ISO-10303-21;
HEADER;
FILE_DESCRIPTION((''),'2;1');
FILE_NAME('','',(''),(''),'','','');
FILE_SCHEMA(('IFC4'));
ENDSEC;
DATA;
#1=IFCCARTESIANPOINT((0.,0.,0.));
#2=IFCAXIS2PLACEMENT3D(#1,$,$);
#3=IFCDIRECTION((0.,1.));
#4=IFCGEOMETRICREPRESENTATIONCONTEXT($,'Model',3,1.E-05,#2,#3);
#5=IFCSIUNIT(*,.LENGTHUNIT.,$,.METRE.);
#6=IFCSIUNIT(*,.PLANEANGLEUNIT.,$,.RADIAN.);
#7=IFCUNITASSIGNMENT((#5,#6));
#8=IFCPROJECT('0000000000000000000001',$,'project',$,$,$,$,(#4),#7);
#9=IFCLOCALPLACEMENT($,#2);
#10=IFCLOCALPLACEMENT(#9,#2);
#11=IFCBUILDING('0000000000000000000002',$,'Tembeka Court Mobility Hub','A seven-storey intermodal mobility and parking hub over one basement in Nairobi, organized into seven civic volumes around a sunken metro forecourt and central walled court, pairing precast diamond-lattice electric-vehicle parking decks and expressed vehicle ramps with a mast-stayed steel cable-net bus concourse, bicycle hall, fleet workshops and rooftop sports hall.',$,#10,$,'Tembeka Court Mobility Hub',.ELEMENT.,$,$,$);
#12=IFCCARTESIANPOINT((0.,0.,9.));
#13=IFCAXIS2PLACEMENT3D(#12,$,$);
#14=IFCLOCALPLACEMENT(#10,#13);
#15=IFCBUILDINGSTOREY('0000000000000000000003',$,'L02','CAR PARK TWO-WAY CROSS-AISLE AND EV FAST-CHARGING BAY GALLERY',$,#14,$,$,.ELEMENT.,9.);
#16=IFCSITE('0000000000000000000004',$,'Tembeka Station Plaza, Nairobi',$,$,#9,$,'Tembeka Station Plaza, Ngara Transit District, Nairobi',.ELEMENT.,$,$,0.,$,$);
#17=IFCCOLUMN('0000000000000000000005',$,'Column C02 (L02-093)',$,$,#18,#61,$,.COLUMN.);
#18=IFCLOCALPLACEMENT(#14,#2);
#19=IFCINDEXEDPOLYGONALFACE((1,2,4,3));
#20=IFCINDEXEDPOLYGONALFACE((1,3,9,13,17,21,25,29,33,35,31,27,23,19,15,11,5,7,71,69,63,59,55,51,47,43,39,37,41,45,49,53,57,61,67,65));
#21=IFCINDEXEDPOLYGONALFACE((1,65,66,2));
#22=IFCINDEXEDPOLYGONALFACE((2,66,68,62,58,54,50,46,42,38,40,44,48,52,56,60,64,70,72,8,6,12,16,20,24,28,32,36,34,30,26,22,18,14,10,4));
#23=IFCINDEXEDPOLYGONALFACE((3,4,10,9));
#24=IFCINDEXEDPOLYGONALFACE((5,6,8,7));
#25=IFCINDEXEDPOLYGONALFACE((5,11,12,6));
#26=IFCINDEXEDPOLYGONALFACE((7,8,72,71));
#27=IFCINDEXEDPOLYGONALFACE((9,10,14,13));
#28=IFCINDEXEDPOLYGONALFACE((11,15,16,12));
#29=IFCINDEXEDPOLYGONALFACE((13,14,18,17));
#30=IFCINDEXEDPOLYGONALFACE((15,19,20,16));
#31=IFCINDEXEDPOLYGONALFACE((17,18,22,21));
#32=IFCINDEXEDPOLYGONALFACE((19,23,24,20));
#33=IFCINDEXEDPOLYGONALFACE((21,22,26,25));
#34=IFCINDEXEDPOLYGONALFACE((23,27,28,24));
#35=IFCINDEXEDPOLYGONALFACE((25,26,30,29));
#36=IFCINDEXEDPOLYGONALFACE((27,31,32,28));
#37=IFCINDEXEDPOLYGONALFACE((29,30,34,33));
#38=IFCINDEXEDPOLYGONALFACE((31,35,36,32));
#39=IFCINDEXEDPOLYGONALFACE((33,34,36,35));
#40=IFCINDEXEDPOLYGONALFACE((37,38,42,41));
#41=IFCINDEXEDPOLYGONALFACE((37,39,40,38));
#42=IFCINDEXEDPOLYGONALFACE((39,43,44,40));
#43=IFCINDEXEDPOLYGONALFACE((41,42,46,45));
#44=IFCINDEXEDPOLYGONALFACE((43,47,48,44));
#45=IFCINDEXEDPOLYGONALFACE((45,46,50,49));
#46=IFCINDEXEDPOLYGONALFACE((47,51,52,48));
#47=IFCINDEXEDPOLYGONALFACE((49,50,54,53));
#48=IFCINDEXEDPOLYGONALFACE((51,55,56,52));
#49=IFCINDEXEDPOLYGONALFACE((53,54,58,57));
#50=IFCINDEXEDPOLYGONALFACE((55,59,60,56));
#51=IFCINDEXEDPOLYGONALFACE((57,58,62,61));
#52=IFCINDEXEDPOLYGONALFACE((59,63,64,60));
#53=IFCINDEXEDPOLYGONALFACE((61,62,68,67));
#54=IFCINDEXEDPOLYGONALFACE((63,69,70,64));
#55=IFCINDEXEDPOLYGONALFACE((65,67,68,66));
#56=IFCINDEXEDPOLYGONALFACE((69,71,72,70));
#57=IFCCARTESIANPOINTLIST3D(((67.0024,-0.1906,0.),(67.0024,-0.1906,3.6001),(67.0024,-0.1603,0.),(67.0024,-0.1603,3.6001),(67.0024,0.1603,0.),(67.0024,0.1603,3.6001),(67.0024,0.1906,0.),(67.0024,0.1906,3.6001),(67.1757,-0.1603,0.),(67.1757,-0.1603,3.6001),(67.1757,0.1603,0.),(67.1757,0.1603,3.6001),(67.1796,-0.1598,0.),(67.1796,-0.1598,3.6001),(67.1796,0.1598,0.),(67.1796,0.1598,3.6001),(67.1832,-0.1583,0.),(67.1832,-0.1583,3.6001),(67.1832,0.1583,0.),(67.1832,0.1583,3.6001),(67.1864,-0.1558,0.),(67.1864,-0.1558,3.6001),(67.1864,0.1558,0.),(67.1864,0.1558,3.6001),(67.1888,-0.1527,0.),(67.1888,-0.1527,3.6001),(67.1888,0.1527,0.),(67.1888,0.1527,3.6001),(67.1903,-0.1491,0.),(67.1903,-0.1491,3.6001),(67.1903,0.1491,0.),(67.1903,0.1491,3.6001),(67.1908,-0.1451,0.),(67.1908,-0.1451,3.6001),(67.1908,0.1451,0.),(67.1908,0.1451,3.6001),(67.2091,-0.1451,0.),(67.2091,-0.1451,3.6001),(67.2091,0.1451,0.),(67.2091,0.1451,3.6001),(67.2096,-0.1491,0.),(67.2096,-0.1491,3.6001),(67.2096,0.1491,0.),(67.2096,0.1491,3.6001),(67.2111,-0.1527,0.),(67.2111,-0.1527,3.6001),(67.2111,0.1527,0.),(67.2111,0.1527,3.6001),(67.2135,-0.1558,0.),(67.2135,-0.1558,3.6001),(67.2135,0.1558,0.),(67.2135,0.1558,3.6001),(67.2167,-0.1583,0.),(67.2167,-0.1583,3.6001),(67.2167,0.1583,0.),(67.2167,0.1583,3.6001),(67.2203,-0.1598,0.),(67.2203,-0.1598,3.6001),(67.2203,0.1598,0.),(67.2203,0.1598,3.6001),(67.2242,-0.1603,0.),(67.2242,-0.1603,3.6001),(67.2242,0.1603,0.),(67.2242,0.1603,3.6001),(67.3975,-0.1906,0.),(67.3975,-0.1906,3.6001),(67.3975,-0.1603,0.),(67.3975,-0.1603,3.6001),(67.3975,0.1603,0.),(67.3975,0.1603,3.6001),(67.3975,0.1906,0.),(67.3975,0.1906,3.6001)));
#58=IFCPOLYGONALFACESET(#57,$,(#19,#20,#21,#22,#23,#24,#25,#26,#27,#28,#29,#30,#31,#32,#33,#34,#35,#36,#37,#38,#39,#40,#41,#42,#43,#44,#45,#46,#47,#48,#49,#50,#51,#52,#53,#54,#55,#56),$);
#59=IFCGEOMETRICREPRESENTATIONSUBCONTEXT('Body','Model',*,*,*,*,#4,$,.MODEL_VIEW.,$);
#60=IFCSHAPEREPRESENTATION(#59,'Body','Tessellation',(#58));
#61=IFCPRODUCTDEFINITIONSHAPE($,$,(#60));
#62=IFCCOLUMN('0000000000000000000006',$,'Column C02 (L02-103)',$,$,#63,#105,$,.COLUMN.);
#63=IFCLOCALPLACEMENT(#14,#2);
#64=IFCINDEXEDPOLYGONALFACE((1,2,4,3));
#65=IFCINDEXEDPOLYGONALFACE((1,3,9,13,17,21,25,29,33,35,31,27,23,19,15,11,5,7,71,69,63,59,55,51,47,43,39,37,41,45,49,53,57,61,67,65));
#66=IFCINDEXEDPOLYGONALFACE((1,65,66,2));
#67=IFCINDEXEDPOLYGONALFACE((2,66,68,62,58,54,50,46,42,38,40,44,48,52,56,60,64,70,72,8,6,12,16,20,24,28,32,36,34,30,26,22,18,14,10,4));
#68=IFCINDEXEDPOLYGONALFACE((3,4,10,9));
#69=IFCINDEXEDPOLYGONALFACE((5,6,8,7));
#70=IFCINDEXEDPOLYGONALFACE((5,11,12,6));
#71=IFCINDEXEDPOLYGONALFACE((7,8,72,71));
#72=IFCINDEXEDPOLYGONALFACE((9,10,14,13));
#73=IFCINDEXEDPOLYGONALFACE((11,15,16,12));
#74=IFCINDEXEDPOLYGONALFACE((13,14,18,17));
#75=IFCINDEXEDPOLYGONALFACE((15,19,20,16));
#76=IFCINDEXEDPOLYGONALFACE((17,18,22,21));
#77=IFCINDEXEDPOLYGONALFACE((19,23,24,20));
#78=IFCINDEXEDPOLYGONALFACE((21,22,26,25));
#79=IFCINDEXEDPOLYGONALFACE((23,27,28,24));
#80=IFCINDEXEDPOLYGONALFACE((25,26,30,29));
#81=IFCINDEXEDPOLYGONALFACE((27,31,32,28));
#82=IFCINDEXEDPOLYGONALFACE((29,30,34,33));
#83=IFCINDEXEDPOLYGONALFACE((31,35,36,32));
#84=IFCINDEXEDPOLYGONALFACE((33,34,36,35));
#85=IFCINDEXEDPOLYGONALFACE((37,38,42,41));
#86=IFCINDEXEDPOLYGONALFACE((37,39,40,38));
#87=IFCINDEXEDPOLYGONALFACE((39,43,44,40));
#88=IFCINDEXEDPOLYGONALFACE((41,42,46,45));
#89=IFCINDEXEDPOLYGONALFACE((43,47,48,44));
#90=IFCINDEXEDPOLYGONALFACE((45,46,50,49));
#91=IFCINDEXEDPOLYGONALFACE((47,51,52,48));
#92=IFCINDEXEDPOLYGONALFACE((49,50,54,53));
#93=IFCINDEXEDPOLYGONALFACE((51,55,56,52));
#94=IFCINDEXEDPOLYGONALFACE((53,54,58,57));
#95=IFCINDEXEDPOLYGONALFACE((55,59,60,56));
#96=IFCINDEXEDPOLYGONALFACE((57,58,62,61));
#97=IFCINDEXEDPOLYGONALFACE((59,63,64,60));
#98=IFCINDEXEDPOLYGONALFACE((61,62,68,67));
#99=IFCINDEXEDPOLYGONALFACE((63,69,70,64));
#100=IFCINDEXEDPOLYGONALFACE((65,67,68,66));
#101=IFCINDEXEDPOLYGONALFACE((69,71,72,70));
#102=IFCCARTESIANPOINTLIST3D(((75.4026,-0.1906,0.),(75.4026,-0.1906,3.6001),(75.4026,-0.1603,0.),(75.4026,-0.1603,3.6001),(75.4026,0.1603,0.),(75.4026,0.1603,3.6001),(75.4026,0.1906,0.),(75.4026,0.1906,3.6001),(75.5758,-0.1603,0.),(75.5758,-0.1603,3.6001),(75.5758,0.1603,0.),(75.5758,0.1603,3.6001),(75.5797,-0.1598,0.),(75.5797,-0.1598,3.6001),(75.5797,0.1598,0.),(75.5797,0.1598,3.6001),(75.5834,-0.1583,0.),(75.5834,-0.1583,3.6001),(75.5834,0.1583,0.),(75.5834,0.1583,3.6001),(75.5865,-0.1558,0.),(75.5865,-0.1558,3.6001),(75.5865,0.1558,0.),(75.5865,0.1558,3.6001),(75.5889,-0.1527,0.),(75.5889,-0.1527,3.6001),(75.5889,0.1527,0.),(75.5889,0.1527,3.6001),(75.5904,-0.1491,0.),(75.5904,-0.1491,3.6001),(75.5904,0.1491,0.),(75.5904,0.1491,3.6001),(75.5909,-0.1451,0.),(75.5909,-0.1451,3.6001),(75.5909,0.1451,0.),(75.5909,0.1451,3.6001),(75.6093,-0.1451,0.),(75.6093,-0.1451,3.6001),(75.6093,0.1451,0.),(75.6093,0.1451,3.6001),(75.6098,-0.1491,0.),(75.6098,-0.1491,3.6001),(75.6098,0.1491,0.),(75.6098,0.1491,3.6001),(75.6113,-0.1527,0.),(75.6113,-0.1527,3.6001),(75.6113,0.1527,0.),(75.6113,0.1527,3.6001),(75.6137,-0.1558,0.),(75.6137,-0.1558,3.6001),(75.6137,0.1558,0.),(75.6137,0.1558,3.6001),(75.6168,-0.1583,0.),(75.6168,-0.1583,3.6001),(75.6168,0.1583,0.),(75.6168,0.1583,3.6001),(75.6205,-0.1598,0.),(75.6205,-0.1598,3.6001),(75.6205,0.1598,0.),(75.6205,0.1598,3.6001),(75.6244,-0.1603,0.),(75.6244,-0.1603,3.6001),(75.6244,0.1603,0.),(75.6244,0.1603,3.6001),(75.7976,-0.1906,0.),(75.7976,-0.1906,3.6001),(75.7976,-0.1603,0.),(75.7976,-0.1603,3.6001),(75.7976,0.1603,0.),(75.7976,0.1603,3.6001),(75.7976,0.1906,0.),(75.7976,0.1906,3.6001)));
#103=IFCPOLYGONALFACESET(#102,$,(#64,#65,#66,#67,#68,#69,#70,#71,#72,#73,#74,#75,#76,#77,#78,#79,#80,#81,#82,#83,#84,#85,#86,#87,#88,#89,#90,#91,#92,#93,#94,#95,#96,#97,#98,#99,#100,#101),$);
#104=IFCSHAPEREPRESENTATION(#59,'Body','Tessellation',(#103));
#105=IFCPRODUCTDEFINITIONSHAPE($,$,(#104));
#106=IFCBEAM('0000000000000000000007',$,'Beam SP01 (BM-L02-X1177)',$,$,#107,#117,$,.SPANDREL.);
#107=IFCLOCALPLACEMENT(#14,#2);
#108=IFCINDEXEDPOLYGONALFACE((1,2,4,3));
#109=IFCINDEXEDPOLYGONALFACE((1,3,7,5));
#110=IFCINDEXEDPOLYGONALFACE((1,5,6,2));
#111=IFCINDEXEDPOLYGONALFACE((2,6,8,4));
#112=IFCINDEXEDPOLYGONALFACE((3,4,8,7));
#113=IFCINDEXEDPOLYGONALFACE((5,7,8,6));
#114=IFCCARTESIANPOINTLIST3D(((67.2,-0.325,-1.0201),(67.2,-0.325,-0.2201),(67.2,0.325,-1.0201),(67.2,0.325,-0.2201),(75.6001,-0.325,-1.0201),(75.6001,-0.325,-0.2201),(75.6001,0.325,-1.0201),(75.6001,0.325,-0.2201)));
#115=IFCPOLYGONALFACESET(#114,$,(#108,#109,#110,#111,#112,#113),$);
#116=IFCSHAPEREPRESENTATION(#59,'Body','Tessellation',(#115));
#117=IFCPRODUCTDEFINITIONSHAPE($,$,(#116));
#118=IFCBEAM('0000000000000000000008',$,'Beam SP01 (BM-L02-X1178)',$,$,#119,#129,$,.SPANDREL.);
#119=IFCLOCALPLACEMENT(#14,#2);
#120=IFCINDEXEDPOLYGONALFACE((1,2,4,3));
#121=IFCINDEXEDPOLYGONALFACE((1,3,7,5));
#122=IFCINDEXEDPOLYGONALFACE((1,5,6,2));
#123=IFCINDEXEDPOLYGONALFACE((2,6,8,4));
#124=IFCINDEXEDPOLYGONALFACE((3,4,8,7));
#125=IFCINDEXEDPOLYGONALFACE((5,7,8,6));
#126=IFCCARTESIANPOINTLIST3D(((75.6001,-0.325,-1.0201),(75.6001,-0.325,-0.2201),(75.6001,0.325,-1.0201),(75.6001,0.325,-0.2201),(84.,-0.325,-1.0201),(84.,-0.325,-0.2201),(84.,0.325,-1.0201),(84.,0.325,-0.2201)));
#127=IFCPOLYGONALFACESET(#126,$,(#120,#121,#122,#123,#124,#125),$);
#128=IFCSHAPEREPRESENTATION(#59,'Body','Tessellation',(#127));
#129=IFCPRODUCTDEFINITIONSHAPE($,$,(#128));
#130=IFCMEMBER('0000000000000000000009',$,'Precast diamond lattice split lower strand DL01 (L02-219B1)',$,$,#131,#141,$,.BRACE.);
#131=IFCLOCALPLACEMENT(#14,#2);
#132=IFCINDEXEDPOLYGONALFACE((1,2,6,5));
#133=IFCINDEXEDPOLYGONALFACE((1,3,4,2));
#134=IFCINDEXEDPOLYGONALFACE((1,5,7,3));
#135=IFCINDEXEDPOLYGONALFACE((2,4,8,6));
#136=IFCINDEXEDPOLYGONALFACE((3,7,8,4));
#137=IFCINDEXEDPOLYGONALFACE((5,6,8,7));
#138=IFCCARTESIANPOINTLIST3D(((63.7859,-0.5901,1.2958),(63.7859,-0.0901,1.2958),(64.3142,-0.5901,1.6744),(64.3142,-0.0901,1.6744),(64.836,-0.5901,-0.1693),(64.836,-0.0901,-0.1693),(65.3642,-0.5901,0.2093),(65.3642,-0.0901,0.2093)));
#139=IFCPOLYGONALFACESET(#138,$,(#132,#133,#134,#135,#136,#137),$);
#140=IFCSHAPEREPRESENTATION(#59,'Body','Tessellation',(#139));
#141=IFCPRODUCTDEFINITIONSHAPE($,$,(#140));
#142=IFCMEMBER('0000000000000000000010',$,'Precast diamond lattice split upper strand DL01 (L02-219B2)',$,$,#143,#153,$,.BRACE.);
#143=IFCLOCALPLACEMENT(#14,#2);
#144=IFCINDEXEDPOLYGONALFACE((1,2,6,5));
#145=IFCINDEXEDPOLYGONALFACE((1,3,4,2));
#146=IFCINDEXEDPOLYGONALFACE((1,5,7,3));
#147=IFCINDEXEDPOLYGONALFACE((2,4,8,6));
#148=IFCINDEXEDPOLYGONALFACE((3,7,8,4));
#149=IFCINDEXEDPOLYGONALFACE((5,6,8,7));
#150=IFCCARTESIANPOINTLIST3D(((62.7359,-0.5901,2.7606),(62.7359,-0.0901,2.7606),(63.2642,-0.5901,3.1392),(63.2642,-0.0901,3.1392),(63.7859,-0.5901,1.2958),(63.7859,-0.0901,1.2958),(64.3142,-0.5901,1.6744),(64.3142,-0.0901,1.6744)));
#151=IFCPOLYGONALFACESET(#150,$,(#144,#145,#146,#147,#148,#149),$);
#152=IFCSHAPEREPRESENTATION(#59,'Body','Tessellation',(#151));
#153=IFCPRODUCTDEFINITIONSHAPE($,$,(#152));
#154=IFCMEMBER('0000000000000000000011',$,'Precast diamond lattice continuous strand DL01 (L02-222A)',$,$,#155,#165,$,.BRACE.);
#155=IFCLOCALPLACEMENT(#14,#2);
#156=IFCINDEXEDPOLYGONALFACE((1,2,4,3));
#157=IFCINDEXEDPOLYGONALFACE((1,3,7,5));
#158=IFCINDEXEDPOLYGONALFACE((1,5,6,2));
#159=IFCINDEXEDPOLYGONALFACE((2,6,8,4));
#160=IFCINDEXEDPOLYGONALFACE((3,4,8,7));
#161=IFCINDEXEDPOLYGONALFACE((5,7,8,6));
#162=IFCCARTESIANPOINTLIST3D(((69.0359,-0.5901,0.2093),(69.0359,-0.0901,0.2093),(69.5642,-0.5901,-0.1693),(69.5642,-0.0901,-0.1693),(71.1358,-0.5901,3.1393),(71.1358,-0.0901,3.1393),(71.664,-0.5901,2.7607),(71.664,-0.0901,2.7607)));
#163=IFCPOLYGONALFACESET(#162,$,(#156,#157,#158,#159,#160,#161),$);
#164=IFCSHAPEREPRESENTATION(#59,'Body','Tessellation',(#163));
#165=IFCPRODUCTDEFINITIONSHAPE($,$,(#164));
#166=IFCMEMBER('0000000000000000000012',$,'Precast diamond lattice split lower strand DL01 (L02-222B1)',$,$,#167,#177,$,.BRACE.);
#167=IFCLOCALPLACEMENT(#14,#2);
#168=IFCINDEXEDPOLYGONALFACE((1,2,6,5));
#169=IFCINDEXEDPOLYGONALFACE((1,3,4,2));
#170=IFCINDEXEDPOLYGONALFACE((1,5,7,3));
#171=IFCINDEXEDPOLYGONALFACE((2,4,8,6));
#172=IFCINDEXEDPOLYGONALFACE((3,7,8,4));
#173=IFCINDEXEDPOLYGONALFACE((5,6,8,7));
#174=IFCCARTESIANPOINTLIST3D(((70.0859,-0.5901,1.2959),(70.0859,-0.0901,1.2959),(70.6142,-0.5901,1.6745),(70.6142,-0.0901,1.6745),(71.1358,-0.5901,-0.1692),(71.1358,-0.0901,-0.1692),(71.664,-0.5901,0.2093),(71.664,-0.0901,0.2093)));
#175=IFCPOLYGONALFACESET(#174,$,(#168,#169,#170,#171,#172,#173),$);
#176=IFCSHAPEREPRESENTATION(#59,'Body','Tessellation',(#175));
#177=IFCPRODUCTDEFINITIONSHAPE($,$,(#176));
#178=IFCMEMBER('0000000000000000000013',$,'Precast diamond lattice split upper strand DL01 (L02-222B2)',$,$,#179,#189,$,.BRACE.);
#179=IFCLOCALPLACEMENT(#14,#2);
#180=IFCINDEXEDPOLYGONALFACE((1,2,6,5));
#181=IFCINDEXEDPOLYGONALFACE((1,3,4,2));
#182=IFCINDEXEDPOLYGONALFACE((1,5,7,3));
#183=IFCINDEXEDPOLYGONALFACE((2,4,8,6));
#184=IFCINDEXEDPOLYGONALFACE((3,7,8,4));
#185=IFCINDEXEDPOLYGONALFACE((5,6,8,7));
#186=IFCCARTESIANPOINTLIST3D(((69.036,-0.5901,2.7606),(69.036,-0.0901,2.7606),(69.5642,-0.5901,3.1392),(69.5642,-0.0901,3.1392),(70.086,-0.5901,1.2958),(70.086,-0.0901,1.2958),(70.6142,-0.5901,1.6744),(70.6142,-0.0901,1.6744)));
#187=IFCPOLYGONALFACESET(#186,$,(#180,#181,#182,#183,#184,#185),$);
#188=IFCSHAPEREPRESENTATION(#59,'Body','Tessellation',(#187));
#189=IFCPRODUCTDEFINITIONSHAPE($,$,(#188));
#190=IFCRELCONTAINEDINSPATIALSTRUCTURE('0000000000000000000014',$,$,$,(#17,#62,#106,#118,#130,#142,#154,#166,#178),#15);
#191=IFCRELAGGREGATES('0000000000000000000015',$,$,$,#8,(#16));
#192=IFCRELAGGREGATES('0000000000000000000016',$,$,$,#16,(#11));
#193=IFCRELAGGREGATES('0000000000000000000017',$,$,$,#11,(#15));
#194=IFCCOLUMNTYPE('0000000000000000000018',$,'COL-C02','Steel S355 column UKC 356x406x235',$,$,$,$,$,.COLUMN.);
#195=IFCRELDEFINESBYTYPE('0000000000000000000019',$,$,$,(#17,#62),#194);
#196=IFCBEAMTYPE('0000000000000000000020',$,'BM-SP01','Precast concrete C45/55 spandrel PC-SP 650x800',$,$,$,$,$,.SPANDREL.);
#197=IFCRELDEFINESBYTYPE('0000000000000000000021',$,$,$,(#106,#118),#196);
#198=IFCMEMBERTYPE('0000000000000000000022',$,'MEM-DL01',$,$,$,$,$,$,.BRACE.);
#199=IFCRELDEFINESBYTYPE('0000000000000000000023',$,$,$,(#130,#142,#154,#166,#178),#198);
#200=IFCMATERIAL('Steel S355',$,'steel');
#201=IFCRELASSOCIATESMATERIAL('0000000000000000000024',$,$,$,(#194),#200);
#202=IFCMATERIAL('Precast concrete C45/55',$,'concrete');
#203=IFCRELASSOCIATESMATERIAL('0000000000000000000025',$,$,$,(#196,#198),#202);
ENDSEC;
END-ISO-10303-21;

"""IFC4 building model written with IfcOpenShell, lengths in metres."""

from ifc_helpers import new_model, si_unit, direction, frame, origin, origin_2d, place, context, subcontext, project, spatial, rectangle, i_section, extrude, material, material_profile, profile_set, type_object, element, save


model = new_model("IFC4")

# Units and contexts
model_context = context("Model", 3, precision=1e-05, world=origin(), true_north=direction((0.0, 1.0)))
body_context = subcontext(model_context, "Body", "Model", "MODEL_VIEW")
ifc_project = project(units=[si_unit("LENGTHUNIT", "METRE"), si_unit("PLANEANGLEUNIT", "RADIAN")], contexts=[model_context])

# Site, building, storey
site_placement = place(None, origin())
site = spatial("IfcSite", under=ifc_project, at=site_placement, Name="Tembeka Station Plaza, Nairobi", LongName="Tembeka Station Plaza, Ngara Transit District, Nairobi", CompositionType="ELEMENT", RefElevation=0.0)
building_placement = place(site_placement, origin())
building = spatial("IfcBuilding", under=site, at=building_placement, Name="Tembeka Court Mobility Hub", Description="A seven-storey intermodal mobility and parking hub over one basement in Nairobi, organized into seven civic volumes around a sunken metro forecourt and central walled court, pairing precast diamond-lattice electric-vehicle parking decks and expressed vehicle ramps with a mast-stayed steel cable-net bus concourse, bicycle hall, fleet workshops and rooftop sports hall.", LongName="Tembeka Court Mobility Hub", CompositionType="ELEMENT")
storey_placement = place(building_placement, frame((0.0, 0.0, 9.0)))
storey = spatial("IfcBuildingStorey", under=building, at=storey_placement, Name="L02", Description="CAR PARK TWO-WAY CROSS-AISLE AND EV FAST-CHARGING BAY GALLERY", CompositionType="ELEMENT", Elevation=9.0)

# Columns
ifc_material_1 = material(Name="Steel S355", Category="steel")
ifc_material_profile_1 = material_profile(ifc_material_1, i_section(OverallWidth=0.395, OverallDepth=0.3811, WebThickness=0.0183, FlangeThickness=0.0303, FilletRadius=0.0151, at=origin_2d()), Name="UKC 356x406x235")
ifc_profile_set_1 = profile_set([ifc_material_profile_1], Name="Steel S355")
column_type = type_object("IfcColumnType", Name="COL-C02", Description="Steel S355 column UKC 356x406x235", PredefinedType="COLUMN", material=ifc_profile_set_1)
for number, where, z_axis, x_axis, name in (
    (1, (67.2, 0.0, 0.0), (0.0, 0.0, 1.0), (1.0, 0.0, 0.0), "Column C02 (L02-093)"),
    (2, (75.6001, 0.0, 0.0), (0.0, 0.0, 1.0), (1.0, 0.0, 0.0), "Column C02 (L02-103)"),
):
    element("IfcColumn", number, at=place(storey_placement, frame(where, z_axis=z_axis, x_axis=x_axis)), inside=storey, type_object=column_type, Name=name, PredefinedType="COLUMN", context=body_context, shape_type="SweptSolid", body=[
        extrude(i_section(OverallWidth=0.395, OverallDepth=0.3811, WebThickness=0.0183, FlangeThickness=0.0303, FilletRadius=0.0151, at=origin_2d()), origin(), (0.0, 0.0, 1.0), 3.6001),
    ])

# Beams
ifc_material_2 = material(Name="Precast concrete C45/55", Category="concrete")
ifc_material_profile_2 = material_profile(ifc_material_2, rectangle(XDim=0.6499, YDim=0.8, at=origin_2d()), Name="PC-SP 650x800")
ifc_profile_set_2 = profile_set([ifc_material_profile_2], Name="Precast concrete C45/55")
beam_type = type_object("IfcBeamType", Name="BM-SP01", Description="Precast concrete C45/55 spandrel PC-SP 650x800", PredefinedType="SPANDREL", material=ifc_profile_set_2)
beam_1_placement = place(storey_placement, frame((67.2, 0.0, -0.6201), z_axis=(1.0, 0.0, 0.0), x_axis=(0.0, 1.0, 0.0)))
element("IfcBeam", 3, at=beam_1_placement, inside=storey, type_object=beam_type, Name="Beam SP01 (BM-L02-X1177)", PredefinedType="SPANDREL", context=body_context, shape_type="SweptSolid", body=[
    extrude(rectangle(XDim=0.6499, YDim=0.8, at=origin_2d()), origin(), (0.0, 0.0, 1.0), 8.4001),
])
beam_2_placement = place(storey_placement, frame((75.6001, 0.0, -0.6201), z_axis=(1.0, 0.0, 0.0), x_axis=(0.0, 1.0, 0.0)))
element("IfcBeam", 4, at=beam_2_placement, inside=storey, type_object=beam_type, Name="Beam SP01 (BM-L02-X1178)", PredefinedType="SPANDREL", context=body_context, shape_type="SweptSolid", body=[
    extrude(rectangle(XDim=0.6499, YDim=0.8, at=origin_2d()), origin(), (0.0, 0.0, 1.0), 8.3999),
])

# Members
ifc_material_profile_3 = material_profile(ifc_material_2, rectangle(XDim=0.5, YDim=0.6499, at=origin_2d()), Name="PC-DIAG 500x650")
ifc_profile_set_3 = profile_set([ifc_material_profile_3], Name="Precast concrete C45/55")
member_type_1 = type_object("IfcMemberType", Name="MEM-DL01", PredefinedType="BRACE", material=ifc_profile_set_3)
member_1_placement = place(storey_placement, frame((65.1001, -0.3401, 0.02), z_axis=(-0.582544, 0.0, 0.812799), x_axis=(0.0, -1.0, 0.0)))
element("IfcMember", 5, at=member_1_placement, inside=storey, type_object=member_type_1, Name="Precast diamond lattice split lower strand DL01 (L02-219B1)", PredefinedType="BRACE", context=body_context, shape_type="SweptSolid", body=[
    extrude(rectangle(XDim=0.5, YDim=0.6499, at=origin_2d()), origin(), (0.0, 0.0, 1.0), 1.8025),
])
member_2_placement = place(storey_placement, frame((64.05, -0.3401, 1.4851), z_axis=(-0.582608, 0.0, 0.812753), x_axis=(0.0, -1.0, 0.0)))
element("IfcMember", 6, at=member_2_placement, inside=storey, type_object=member_type_1, Name="Precast diamond lattice split upper strand DL01 (L02-219B2)", PredefinedType="BRACE", context=body_context, shape_type="SweptSolid", body=[
    extrude(rectangle(XDim=0.5, YDim=0.6499, at=origin_2d()), origin(), (0.0, 0.0, 1.0), 1.8022),
])
member_3_placement = place(storey_placement, frame((69.3, -0.3401, 0.02), z_axis=(0.582532, 0.0, 0.812808), x_axis=(0.0, 1.0, 0.0)))
element("IfcMember", 7, at=member_3_placement, inside=storey, type_object=member_type_1, Name="Precast diamond lattice continuous strand DL01 (L02-222A)", PredefinedType="BRACE", context=body_context, shape_type="SweptSolid", body=[
    extrude(rectangle(XDim=0.5, YDim=0.6499, at=origin_2d()), origin(), (0.0, 0.0, 1.0), 3.6047),
])
member_4_placement = place(storey_placement, frame((71.3999, -0.3401, 0.02), z_axis=(-0.582455, 0.0, 0.812863), x_axis=(0.0, -1.0, 0.0)))
element("IfcMember", 8, at=member_4_placement, inside=storey, type_object=member_type_1, Name="Precast diamond lattice split lower strand DL01 (L02-222B1)", PredefinedType="BRACE", context=body_context, shape_type="SweptSolid", body=[
    extrude(rectangle(XDim=0.5, YDim=0.6499, at=origin_2d()), origin(), (0.0, 0.0, 1.0), 1.8025),
])
member_5_placement = place(storey_placement, frame((70.3501, -0.3401, 1.4851), z_axis=(-0.582608, 0.0, 0.812753), x_axis=(0.0, -1.0, 0.0)))
element("IfcMember", 9, at=member_5_placement, inside=storey, type_object=member_type_1, Name="Precast diamond lattice split upper strand DL01 (L02-222B2)", PredefinedType="BRACE", context=body_context, shape_type="SweptSolid", body=[
    extrude(rectangle(XDim=0.5, YDim=0.6499, at=origin_2d()), origin(), (0.0, 0.0, 1.0), 1.8022),
])

save(model, "model.ifc")
